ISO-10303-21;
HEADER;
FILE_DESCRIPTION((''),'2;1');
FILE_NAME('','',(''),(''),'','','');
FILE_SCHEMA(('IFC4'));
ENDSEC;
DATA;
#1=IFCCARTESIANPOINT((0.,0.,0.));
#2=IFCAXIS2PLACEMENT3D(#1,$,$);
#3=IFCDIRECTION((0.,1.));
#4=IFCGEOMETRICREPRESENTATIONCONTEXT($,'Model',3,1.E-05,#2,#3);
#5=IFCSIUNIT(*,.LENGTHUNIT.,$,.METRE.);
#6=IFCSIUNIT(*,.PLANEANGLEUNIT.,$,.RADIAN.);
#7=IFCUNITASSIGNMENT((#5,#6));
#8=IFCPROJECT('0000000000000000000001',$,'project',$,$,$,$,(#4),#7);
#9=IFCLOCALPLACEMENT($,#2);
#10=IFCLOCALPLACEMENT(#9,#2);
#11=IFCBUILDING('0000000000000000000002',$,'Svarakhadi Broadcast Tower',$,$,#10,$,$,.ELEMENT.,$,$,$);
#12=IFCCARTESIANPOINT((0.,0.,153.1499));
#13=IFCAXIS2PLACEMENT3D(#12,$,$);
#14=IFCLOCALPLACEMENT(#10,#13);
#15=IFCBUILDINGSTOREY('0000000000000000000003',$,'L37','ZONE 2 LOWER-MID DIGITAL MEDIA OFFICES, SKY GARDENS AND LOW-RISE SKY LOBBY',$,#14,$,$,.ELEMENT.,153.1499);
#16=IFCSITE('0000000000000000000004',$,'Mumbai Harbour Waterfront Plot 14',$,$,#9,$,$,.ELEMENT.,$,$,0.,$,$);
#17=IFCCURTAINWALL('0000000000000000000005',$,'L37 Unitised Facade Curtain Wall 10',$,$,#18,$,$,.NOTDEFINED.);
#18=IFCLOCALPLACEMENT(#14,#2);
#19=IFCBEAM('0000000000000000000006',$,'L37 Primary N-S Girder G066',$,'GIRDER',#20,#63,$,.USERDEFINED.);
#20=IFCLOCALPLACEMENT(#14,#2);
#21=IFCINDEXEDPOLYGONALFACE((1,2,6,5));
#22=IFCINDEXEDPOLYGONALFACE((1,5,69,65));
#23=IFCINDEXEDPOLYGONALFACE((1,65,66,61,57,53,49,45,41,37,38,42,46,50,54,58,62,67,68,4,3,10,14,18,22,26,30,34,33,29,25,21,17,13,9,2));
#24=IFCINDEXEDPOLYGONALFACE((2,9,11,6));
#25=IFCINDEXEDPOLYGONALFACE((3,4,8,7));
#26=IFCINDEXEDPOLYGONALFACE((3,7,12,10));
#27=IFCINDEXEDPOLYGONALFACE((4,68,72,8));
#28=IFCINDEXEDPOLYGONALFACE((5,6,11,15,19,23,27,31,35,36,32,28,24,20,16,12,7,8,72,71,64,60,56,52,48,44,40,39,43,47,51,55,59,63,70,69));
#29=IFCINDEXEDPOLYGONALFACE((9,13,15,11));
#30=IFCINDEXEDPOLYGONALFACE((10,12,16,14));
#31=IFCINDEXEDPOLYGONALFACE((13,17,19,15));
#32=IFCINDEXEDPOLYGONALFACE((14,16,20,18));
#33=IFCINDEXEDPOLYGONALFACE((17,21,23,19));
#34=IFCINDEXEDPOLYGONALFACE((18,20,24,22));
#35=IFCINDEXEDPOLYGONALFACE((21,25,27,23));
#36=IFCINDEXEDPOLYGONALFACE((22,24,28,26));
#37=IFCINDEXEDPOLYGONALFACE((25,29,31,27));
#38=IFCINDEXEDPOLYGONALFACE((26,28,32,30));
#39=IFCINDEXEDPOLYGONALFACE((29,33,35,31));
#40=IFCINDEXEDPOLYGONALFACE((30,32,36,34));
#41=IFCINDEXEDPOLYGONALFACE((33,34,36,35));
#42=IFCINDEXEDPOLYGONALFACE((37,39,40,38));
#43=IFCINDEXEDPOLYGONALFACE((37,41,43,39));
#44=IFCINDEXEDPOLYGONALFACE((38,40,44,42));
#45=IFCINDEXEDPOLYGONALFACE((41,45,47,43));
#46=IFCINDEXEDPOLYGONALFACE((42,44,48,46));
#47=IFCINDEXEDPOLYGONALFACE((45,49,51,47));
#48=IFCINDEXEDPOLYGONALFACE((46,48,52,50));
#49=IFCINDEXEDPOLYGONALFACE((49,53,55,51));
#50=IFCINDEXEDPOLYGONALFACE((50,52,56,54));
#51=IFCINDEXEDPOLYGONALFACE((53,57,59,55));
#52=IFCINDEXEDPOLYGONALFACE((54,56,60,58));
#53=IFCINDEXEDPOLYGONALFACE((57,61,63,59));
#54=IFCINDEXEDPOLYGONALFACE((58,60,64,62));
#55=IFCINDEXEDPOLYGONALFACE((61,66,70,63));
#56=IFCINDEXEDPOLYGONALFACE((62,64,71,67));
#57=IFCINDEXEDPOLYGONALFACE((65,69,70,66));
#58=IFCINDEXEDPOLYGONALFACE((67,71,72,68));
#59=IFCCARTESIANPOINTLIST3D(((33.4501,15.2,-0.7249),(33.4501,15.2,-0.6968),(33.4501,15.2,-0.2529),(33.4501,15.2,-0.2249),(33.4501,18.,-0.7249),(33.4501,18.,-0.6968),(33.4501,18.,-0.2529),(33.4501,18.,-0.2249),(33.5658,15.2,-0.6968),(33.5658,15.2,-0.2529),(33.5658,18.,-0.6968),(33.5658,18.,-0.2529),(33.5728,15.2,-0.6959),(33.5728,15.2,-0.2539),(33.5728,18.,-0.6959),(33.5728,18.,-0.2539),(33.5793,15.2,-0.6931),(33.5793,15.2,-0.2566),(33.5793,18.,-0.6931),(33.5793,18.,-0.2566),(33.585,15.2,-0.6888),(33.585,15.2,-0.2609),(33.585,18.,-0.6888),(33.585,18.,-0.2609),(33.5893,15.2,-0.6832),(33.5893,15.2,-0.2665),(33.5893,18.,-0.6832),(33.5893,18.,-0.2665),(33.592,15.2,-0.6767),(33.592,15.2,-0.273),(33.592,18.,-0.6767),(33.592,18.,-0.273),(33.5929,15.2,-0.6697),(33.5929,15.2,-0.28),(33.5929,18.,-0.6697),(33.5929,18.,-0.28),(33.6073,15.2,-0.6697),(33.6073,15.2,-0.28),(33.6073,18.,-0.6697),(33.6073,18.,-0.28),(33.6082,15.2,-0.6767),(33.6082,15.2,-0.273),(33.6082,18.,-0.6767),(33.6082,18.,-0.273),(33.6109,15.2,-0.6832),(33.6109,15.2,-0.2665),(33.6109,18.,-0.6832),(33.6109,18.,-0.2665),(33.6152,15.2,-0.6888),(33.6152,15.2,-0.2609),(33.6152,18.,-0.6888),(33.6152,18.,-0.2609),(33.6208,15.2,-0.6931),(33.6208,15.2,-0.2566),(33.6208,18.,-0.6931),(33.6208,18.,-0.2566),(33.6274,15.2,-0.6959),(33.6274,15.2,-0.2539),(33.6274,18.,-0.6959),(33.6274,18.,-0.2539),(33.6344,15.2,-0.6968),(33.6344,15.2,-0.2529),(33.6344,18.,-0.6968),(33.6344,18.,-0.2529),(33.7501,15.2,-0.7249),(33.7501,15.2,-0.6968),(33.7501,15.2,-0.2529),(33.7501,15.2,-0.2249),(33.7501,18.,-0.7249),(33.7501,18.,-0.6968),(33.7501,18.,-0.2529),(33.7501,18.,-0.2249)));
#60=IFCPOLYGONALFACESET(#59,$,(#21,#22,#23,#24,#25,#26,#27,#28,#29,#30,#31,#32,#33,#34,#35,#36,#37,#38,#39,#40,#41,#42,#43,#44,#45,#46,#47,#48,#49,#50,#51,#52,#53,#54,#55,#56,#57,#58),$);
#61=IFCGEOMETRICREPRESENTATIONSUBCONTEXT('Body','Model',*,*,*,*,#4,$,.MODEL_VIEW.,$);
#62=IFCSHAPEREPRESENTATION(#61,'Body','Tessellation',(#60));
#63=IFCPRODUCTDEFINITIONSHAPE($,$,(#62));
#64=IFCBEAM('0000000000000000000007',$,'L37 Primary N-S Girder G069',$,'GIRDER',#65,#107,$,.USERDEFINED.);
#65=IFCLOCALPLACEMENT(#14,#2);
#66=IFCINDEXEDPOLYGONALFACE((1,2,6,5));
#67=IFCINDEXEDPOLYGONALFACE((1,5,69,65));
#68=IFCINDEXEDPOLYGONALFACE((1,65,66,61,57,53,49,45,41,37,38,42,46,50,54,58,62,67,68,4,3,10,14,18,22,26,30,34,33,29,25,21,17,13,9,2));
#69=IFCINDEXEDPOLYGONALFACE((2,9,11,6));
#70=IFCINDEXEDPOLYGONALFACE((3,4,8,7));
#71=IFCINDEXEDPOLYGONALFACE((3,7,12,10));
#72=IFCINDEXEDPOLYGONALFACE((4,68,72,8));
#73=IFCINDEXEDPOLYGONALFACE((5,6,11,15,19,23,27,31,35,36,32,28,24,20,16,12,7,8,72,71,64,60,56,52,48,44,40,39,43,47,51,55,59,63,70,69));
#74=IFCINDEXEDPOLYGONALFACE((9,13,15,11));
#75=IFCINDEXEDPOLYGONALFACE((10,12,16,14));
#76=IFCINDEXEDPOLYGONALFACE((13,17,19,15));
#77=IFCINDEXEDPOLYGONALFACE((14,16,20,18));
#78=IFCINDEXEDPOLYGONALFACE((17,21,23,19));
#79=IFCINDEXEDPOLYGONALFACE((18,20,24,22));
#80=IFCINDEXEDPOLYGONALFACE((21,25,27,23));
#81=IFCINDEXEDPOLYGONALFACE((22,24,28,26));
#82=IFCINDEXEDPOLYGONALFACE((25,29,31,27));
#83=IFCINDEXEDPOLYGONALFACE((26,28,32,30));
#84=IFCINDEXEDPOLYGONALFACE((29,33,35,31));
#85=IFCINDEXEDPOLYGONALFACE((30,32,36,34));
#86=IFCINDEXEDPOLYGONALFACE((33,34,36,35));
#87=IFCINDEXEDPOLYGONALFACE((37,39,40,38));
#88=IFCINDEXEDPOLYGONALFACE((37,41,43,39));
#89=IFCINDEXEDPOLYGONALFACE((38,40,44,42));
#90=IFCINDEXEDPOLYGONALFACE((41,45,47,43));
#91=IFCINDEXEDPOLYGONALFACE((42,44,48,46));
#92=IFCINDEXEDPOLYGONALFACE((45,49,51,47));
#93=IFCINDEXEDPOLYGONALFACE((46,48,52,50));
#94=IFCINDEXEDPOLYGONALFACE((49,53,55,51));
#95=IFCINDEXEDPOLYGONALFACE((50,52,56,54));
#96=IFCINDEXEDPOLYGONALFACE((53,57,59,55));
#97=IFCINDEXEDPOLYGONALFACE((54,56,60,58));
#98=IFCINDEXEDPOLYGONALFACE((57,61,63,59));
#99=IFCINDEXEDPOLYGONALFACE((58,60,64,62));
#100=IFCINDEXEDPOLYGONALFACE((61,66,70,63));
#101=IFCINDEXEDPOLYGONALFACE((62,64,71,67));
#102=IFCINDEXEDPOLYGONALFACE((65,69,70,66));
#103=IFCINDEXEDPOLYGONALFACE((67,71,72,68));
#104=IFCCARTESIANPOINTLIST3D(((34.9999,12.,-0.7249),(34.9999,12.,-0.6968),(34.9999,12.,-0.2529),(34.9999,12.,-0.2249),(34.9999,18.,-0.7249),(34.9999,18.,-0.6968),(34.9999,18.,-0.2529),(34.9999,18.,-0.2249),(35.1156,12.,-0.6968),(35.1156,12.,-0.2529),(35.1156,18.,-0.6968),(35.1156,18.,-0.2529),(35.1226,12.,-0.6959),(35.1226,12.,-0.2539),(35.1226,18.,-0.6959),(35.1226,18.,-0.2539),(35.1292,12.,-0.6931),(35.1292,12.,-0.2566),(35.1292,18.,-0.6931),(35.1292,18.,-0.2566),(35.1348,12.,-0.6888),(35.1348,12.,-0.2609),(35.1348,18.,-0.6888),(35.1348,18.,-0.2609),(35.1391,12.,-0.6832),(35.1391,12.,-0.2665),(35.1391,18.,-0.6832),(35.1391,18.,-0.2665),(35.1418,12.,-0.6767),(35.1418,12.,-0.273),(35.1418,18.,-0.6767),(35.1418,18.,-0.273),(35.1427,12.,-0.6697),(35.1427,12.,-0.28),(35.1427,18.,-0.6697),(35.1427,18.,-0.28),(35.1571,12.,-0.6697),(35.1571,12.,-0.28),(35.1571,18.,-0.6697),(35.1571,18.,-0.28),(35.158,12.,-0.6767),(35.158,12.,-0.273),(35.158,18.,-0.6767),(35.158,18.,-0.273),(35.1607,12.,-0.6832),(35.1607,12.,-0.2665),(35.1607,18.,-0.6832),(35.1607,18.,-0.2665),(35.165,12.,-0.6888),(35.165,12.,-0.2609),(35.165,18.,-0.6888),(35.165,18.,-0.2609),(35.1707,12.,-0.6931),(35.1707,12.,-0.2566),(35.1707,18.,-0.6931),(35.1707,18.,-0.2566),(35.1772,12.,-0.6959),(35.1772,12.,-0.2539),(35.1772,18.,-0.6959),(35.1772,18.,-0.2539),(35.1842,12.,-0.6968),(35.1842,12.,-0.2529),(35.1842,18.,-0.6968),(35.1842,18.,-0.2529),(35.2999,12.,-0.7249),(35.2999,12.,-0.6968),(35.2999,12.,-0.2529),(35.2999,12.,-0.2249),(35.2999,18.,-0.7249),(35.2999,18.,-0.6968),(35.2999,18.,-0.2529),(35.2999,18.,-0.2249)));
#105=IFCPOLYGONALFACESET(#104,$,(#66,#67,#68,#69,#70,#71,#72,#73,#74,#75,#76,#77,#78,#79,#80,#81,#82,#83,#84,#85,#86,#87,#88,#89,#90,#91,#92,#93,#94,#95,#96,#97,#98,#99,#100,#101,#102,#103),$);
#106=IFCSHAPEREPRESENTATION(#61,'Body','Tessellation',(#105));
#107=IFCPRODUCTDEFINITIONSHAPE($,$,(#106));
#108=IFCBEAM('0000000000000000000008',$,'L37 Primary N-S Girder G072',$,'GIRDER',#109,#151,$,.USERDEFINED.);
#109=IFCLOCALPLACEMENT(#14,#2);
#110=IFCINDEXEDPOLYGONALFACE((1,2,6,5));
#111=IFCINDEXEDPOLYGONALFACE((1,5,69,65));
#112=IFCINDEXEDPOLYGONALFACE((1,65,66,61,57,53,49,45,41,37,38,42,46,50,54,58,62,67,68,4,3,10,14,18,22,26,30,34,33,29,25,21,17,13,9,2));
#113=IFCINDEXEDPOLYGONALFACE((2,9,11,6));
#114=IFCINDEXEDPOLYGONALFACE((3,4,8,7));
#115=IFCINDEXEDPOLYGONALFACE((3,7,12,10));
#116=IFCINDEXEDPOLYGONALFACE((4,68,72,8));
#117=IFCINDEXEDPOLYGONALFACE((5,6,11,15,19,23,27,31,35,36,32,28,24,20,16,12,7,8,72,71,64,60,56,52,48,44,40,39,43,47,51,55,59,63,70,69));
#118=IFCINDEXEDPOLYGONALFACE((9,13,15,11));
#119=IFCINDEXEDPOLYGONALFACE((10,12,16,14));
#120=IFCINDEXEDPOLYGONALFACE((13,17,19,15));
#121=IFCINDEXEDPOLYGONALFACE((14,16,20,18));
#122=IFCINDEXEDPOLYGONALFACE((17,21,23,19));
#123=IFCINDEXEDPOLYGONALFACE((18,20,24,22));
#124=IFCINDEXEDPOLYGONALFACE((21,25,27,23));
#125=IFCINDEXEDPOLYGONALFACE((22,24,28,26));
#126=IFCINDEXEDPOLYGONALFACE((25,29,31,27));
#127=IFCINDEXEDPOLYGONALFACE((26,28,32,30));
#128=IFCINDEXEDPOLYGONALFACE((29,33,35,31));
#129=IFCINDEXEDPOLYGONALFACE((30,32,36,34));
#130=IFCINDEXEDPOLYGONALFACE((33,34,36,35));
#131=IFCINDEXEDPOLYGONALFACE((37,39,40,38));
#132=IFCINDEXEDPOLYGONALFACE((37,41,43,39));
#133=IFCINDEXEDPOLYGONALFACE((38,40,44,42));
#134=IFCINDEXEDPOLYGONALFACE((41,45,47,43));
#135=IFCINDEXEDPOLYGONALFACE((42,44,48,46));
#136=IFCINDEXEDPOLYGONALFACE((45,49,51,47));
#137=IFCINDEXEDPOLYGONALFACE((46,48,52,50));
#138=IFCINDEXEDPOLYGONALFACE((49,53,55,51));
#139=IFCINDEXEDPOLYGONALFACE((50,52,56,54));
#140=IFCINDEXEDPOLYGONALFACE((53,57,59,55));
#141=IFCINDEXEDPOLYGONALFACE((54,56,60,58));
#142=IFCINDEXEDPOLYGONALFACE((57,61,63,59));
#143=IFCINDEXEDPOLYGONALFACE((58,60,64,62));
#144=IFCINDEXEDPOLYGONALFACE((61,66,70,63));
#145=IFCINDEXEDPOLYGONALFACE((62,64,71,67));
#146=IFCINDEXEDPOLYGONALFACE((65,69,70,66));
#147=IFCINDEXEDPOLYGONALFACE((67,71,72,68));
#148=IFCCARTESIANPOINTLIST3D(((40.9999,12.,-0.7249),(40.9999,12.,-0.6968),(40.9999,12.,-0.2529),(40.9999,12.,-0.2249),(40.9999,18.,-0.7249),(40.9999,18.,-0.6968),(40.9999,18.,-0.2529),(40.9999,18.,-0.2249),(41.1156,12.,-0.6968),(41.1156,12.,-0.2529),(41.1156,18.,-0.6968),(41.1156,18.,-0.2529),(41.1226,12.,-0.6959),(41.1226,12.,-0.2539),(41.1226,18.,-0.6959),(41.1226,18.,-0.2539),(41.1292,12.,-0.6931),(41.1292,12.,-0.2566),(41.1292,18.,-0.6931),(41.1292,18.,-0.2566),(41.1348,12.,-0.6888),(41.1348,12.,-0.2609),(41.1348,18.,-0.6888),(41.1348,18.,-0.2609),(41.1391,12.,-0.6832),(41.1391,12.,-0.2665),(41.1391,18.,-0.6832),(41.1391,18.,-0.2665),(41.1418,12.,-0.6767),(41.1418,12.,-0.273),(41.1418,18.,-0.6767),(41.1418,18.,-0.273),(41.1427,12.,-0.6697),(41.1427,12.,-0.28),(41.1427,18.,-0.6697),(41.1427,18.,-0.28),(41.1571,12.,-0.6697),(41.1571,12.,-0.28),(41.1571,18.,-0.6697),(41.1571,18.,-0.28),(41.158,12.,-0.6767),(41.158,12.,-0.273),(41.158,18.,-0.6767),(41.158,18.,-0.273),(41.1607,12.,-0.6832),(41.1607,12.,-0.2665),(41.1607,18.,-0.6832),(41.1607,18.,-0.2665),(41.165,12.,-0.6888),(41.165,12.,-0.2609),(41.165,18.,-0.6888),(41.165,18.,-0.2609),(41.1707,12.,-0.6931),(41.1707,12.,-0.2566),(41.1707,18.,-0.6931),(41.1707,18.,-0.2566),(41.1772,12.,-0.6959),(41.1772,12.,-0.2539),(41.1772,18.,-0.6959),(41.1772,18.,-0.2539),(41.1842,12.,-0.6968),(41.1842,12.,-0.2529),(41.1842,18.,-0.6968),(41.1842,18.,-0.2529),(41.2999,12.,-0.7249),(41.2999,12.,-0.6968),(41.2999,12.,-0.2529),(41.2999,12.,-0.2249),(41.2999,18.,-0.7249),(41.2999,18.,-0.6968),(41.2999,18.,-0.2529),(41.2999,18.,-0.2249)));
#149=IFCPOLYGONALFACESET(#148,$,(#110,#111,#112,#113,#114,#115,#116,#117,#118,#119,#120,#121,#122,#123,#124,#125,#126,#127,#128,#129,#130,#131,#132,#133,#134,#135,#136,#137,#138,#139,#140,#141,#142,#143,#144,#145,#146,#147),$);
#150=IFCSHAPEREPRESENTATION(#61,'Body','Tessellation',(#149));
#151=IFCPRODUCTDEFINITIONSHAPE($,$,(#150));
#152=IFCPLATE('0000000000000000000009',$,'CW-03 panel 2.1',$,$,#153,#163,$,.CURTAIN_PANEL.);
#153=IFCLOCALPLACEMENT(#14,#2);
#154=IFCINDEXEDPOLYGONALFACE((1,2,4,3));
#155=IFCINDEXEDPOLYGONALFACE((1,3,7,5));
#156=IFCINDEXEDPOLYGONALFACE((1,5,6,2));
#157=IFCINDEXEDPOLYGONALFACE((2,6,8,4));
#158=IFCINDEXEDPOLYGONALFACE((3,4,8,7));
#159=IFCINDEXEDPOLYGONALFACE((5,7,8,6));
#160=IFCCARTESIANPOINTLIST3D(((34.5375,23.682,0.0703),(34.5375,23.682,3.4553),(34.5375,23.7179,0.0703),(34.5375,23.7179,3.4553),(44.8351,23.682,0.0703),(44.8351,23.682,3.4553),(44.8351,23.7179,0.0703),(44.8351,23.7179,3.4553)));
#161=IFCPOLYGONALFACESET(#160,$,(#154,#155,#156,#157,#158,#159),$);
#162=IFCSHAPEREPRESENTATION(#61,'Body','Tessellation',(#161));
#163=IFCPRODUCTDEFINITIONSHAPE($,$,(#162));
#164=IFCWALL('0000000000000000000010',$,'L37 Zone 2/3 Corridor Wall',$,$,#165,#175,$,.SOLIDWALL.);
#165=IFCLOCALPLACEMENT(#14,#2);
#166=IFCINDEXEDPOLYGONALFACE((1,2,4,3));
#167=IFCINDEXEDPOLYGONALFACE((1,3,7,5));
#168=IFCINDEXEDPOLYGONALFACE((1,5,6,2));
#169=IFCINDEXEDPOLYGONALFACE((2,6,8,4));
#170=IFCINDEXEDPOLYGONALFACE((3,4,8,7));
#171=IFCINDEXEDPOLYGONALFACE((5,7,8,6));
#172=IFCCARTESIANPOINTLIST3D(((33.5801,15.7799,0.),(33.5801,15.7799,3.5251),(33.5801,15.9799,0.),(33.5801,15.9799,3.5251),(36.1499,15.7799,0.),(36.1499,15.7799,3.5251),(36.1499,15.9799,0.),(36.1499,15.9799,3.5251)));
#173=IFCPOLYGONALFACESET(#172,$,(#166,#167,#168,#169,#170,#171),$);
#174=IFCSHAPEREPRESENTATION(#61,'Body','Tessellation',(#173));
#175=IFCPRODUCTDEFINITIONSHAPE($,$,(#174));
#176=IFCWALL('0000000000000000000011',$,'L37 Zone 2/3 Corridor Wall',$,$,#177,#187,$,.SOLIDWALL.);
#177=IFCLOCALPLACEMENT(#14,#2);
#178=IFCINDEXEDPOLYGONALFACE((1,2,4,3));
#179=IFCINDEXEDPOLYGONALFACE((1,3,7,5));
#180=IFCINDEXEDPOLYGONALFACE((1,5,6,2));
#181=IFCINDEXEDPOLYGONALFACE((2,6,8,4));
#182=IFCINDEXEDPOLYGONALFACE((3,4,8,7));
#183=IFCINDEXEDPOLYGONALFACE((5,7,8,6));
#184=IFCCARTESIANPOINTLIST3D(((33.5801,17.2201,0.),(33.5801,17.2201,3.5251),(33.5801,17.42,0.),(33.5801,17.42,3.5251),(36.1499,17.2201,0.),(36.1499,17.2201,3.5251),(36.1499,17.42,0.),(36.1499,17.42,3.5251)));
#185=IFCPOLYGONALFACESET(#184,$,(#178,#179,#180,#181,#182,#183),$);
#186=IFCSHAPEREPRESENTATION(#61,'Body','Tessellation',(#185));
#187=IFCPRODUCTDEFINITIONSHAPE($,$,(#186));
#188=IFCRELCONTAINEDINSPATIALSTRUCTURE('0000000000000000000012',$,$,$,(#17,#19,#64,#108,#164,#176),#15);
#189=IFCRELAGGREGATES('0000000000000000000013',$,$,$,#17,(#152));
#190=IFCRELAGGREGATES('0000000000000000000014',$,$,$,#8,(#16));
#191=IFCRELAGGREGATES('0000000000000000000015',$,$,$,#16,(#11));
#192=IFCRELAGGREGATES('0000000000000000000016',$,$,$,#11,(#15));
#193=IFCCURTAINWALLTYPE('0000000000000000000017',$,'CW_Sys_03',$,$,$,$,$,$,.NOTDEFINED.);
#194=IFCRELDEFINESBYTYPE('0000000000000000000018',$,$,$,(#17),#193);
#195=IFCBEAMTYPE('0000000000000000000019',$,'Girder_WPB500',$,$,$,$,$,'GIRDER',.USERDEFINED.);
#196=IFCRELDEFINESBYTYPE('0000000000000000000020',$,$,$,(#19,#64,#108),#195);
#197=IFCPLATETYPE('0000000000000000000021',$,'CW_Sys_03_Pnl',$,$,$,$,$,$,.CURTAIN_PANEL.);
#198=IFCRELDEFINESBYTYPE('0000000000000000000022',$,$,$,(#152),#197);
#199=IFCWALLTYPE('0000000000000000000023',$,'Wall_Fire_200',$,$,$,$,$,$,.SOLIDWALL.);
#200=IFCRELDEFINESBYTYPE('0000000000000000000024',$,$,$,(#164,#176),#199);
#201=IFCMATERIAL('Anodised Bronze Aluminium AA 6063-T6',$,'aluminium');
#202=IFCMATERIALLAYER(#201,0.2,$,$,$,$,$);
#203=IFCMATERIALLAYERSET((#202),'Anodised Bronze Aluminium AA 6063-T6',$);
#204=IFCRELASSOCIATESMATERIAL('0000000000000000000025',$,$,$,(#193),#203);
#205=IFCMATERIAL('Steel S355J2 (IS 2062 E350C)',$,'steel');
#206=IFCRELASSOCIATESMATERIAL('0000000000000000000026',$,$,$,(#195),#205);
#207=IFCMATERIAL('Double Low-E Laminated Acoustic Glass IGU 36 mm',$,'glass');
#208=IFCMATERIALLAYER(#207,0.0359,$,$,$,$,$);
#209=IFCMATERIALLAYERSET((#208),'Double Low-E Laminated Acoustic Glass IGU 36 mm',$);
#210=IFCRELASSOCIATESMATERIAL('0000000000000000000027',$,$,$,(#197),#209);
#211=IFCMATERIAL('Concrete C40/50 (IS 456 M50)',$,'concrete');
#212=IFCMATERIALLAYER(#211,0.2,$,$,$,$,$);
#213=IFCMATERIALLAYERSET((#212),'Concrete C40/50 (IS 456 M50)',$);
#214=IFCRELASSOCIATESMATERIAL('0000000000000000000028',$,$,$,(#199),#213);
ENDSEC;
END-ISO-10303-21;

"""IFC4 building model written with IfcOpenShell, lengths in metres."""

from ifc_helpers import new_model, si_unit, direction, frame, frame_2d, origin, origin_2d, place, context, subcontext, project, spatial, rectangle, i_section, extrude, material, layer, layer_set, material_profile, profile_set, type_object, element, aggregate, save


model = new_model("IFC4")

# Units and contexts
model_context = context("Model", 3, precision=1e-05, world=origin(), true_north=direction((0.0, 1.0)))
body_context = subcontext(model_context, "Body", "Model", "MODEL_VIEW")
ifc_project = project(units=[si_unit("LENGTHUNIT", "METRE"), si_unit("PLANEANGLEUNIT", "RADIAN")], contexts=[model_context])

# Site, building, storey
site_placement = place(None, origin())
site = spatial("IfcSite", under=ifc_project, at=site_placement, Name="Mumbai Harbour Waterfront Plot 14", CompositionType="ELEMENT", RefElevation=0.0)
building_placement = place(site_placement, origin())
building = spatial("IfcBuilding", under=site, at=building_placement, Name="Svarakhadi Broadcast Tower", CompositionType="ELEMENT")
storey_placement = place(building_placement, frame((0.0, 0.0, 153.1499)))
storey = spatial("IfcBuildingStorey", under=building, at=storey_placement, Name="L37", Description="ZONE 2 LOWER-MID DIGITAL MEDIA OFFICES, SKY GARDENS AND LOW-RISE SKY LOBBY", CompositionType="ELEMENT", Elevation=153.1499)

# Shared definitions
ifc_material_1 = material(Name="Steel S355J2 (IS 2062 E350C)", Category="steel")

# Curtain wall
ifc_material_2 = material(Name="Anodised Bronze Aluminium AA 6063-T6", Category="aluminium")
ifc_layer_1 = layer(ifc_material_2, 0.2)
ifc_layer_set_1 = layer_set([ifc_layer_1], Name="Anodised Bronze Aluminium AA 6063-T6")
curtain_wall_type = type_object("IfcCurtainWallType", Name="CW_Sys_03", PredefinedType="NOTDEFINED", material=ifc_layer_set_1)
curtain_wall_placement = place(storey_placement, origin())
curtain_wall = element("IfcCurtainWall", 1, at=curtain_wall_placement, inside=storey, type_object=curtain_wall_type, Name="L37 Unitised Facade Curtain Wall 10", PredefinedType="NOTDEFINED")

# Beams
ifc_material_profile_1 = material_profile(ifc_material_1, i_section(OverallWidth=0.3, OverallDepth=0.5, WebThickness=0.0144, FlangeThickness=0.0281, FilletRadius=0.0271, at=origin_2d()), Name="WPB 500x300x187")
ifc_profile_set_1 = profile_set([ifc_material_profile_1], Name="Steel S355J2 (IS 2062 E350C)")
beam_type_1 = type_object("IfcBeamType", Name="Girder_WPB500", ElementType="GIRDER", PredefinedType="USERDEFINED", material=ifc_profile_set_1)
beam_1_placement = place(storey_placement, frame((33.6001, 15.2, -0.4749), z_axis=(0.0, 1.0, 0.0), x_axis=(-1.0, 0.0, 0.0)))
element("IfcBeam", 2, at=beam_1_placement, inside=storey, type_object=beam_type_1, Name="L37 Primary N-S Girder G066", ObjectType="GIRDER", PredefinedType="USERDEFINED", context=body_context, shape_type="SweptSolid", body=[
    extrude(i_section(OverallWidth=0.3, OverallDepth=0.5, WebThickness=0.0144, FlangeThickness=0.0281, FilletRadius=0.0271, at=origin_2d()), origin(), (0.0, 0.0, 1.0), 2.8),
])
for number, where, z_axis, x_axis, name in (
    (3, (35.1499, 12.0, -0.4749), (0.0, 1.0, 0.0), (-1.0, 0.0, 0.0), "L37 Primary N-S Girder G069"),
    (4, (41.1499, 12.0, -0.4749), (0.0, 1.0, 0.0), (-1.0, 0.0, 0.0), "L37 Primary N-S Girder G072"),
):
    element("IfcBeam", number, at=place(storey_placement, frame(where, z_axis=z_axis, x_axis=x_axis)), inside=storey, type_object=beam_type_1, Name=name, ObjectType="GIRDER", PredefinedType="USERDEFINED", context=body_context, shape_type="SweptSolid", body=[
        extrude(i_section(OverallWidth=0.3, OverallDepth=0.5, WebThickness=0.0144, FlangeThickness=0.0281, FilletRadius=0.0271, at=origin_2d()), origin(), (0.0, 0.0, 1.0), 6.0),
    ])

# Plate
ifc_material_3 = material(Name="Double Low-E Laminated Acoustic Glass IGU 36 mm", Category="glass")
ifc_layer_2 = layer(ifc_material_3, 0.0359)
ifc_layer_set_2 = layer_set([ifc_layer_2], Name="Double Low-E Laminated Acoustic Glass IGU 36 mm")
plate_type = type_object("IfcPlateType", Name="CW_Sys_03_Pnl", PredefinedType="CURTAIN_PANEL", material=ifc_layer_set_2)
plate_placement = place(storey_placement, frame((39.6863, 23.7, 0.0703), z_axis=(0.0, 0.0, 1.0), x_axis=(1.0, 0.0, 0.0)))
plate = element("IfcPlate", 5, at=plate_placement, type_object=plate_type, Name="CW-03 panel 2.1", PredefinedType="CURTAIN_PANEL", context=body_context, shape_type="SweptSolid", body=[
    extrude(rectangle(XDim=10.2976, YDim=0.0359, at=origin_2d()), origin(), (0.0, 0.0, 1.0), 3.385),
])
aggregate(curtain_wall, [plate])

# Walls
ifc_material_4 = material(Name="Concrete C40/50 (IS 456 M50)", Category="concrete")
ifc_layer_3 = layer(ifc_material_4, 0.2)
ifc_layer_set_3 = layer_set([ifc_layer_3], Name="Concrete C40/50 (IS 456 M50)")
wall_type_1 = type_object("IfcWallType", Name="Wall_Fire_200", PredefinedType="SOLIDWALL", material=ifc_layer_set_3)
for number, where, z_axis, x_axis, name in (
    (6, (36.1499, 15.8799, 0.0), (0.0, 0.0, 1.0), (-1.0, 0.0, 0.0), "L37 Zone 2/3 Corridor Wall"),
    (7, (33.5801, 17.3201, 0.0), (0.0, 0.0, 1.0), (1.0, 0.0, 0.0), "L37 Zone 2/3 Corridor Wall"),
):
    element("IfcWall", number, at=place(storey_placement, frame(where, z_axis=z_axis, x_axis=x_axis)), inside=storey, type_object=wall_type_1, Name=name, PredefinedType="SOLIDWALL", context=body_context, shape_type="SweptSolid", body=[
        extrude(rectangle(XDim=2.5698, YDim=0.2, at=frame_2d((1.2849, 0.0))), origin(), (0.0, 0.0, 1.0), 3.5251),
    ])

save(model, "model.ifc")
